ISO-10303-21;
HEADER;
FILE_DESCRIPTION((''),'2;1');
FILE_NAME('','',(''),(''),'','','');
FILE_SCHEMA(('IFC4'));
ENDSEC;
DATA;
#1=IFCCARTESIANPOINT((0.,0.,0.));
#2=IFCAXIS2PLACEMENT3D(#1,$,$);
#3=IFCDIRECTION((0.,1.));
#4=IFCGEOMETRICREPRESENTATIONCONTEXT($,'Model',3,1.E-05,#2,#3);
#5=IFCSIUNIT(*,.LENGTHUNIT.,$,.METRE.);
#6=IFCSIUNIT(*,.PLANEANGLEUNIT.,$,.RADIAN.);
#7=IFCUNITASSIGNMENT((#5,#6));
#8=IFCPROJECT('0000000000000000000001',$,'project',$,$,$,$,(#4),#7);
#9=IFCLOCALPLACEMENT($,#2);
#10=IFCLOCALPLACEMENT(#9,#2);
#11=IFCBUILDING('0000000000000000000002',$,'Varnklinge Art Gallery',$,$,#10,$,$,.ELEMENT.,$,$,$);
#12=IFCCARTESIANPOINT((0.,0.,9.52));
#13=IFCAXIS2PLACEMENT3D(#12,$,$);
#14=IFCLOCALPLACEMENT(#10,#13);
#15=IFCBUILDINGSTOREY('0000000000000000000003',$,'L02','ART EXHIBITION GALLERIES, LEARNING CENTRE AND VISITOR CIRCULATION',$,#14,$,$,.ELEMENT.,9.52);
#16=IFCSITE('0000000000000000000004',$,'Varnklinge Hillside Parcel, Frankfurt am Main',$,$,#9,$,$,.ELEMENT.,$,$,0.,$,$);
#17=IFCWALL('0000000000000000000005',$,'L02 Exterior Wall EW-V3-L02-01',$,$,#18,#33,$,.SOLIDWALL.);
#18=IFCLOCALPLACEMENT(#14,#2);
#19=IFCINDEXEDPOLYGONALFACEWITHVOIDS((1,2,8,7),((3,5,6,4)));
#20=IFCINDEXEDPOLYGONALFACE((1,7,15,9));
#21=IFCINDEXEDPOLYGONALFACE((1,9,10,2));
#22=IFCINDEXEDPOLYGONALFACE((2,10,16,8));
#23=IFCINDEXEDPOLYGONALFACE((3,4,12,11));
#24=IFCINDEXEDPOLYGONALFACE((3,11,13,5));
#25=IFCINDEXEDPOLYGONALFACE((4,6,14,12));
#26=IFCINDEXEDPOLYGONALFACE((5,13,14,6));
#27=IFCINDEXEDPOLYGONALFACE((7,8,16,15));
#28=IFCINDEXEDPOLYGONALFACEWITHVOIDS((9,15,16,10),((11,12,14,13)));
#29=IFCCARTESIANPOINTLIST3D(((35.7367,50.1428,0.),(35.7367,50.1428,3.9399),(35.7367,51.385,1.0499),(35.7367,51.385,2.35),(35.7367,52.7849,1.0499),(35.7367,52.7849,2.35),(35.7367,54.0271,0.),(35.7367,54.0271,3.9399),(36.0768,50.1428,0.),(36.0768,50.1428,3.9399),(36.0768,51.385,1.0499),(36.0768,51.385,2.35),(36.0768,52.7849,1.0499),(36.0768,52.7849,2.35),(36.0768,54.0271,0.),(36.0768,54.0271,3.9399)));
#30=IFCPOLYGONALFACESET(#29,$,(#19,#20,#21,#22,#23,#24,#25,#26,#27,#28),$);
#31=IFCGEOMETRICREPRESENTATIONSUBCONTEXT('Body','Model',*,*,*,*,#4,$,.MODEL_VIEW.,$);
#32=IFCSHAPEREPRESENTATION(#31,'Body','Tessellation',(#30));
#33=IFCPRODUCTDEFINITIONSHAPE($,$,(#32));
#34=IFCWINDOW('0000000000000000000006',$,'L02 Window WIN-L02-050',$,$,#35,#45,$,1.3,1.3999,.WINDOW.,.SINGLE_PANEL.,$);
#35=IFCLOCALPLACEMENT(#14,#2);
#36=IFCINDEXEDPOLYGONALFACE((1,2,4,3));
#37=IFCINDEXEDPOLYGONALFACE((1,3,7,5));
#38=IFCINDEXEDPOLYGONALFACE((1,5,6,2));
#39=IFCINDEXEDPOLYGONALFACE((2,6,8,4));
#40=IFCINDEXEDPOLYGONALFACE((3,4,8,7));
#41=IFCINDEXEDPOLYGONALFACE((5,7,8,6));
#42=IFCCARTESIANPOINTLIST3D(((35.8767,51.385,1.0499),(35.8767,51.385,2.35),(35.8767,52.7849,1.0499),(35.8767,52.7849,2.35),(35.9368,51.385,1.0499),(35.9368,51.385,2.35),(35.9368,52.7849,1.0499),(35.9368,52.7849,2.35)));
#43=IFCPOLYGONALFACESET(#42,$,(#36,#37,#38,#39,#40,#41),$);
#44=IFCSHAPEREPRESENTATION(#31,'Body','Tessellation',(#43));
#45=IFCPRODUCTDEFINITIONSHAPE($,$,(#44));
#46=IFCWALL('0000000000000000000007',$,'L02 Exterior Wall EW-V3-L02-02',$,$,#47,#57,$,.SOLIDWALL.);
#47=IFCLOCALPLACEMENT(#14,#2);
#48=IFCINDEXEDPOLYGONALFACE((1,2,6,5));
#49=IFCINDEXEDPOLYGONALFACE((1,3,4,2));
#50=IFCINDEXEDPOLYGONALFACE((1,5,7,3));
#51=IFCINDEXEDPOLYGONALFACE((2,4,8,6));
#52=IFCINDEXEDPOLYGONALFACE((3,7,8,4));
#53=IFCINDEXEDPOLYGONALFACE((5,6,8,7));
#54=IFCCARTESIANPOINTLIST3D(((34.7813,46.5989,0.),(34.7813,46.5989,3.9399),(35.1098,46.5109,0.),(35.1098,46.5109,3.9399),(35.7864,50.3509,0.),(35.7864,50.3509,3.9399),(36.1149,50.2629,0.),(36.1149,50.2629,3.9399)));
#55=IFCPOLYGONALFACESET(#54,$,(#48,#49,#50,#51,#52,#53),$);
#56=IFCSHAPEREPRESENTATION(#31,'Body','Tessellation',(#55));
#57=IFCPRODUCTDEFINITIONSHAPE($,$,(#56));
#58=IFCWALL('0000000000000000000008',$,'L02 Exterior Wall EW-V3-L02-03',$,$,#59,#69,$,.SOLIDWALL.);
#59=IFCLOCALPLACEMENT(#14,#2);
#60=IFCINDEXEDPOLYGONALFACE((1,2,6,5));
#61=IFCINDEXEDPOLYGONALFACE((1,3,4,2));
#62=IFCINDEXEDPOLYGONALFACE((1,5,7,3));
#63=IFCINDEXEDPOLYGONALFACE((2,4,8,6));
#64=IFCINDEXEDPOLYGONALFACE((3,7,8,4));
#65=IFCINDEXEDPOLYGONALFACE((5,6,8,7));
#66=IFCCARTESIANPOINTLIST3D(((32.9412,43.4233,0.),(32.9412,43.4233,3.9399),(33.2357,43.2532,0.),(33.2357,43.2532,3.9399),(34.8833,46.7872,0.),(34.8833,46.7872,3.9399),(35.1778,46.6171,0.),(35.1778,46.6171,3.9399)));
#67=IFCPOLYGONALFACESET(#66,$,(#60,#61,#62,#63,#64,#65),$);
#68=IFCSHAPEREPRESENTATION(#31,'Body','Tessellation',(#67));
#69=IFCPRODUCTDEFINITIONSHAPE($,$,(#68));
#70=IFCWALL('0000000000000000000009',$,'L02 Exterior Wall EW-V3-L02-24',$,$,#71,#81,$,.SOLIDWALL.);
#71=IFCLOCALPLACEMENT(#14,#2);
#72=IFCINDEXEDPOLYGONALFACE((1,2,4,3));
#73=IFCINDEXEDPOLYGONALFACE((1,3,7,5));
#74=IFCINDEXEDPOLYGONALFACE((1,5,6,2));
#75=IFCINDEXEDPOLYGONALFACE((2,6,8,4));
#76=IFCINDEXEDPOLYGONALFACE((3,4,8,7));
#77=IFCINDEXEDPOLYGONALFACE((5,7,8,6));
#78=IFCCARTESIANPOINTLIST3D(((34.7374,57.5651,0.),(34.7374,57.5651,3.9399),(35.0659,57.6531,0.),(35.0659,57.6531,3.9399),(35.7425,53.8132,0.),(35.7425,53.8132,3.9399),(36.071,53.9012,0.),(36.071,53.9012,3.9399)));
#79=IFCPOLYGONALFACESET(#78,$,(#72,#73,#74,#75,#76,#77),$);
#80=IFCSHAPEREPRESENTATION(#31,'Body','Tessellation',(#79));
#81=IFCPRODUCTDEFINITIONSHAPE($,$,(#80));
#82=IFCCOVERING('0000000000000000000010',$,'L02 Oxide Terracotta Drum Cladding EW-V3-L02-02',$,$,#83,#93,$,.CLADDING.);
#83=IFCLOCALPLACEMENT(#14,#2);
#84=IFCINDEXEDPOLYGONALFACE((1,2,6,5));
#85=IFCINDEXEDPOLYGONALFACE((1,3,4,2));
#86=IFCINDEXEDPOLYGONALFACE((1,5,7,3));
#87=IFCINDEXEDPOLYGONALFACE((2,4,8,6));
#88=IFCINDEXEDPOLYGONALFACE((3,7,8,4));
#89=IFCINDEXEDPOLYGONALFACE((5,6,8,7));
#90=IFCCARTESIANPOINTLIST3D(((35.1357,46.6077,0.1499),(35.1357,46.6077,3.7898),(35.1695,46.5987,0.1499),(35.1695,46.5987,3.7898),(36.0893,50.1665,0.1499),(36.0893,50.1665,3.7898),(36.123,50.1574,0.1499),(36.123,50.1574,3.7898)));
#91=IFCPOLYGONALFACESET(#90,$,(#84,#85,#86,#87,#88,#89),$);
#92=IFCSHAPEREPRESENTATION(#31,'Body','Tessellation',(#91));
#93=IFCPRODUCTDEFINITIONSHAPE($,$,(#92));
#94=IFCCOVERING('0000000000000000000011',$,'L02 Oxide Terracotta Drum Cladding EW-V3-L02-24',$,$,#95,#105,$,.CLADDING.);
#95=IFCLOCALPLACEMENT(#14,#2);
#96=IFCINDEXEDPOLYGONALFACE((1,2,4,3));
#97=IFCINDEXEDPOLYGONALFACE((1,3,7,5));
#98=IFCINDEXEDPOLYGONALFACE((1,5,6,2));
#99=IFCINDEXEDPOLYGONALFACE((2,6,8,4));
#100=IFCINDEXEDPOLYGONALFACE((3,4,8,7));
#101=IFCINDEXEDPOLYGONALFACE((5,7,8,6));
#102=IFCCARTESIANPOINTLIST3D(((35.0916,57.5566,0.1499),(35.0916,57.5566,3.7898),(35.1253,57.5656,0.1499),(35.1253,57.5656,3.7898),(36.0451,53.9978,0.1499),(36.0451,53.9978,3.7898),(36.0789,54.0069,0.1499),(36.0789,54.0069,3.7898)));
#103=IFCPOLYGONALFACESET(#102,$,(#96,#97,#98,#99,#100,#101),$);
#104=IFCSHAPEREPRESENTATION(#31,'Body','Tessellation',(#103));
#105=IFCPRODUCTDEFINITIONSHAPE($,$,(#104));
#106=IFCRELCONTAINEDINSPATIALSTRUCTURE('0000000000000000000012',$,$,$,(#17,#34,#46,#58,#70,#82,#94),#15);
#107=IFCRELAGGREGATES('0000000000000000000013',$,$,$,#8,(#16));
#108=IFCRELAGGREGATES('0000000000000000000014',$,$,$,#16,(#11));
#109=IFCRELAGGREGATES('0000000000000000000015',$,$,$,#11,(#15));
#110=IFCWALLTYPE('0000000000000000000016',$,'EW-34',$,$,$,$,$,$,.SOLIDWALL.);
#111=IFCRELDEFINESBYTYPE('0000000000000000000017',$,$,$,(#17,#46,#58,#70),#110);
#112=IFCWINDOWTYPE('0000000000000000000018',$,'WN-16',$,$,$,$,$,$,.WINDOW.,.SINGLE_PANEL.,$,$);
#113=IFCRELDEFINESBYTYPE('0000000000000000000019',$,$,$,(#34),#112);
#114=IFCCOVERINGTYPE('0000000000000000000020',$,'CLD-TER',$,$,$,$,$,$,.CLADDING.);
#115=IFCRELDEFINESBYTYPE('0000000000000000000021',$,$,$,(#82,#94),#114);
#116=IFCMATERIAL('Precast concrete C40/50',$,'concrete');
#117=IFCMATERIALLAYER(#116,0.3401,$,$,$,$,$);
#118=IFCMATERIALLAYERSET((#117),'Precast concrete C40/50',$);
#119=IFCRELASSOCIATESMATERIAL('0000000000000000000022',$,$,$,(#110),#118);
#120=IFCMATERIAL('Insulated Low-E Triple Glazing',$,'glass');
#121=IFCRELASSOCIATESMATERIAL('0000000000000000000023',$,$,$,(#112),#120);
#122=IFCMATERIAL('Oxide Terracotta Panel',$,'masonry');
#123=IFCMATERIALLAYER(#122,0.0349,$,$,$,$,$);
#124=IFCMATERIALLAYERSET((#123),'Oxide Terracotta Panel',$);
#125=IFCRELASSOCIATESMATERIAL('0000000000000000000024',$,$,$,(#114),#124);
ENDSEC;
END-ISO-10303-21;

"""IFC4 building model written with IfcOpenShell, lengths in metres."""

from ifc_helpers import new_model, si_unit, direction, frame, frame_2d, origin, origin_2d, place, context, subcontext, project, spatial, rectangle, extrude, material, layer, layer_set, type_object, element, fill, save


model = new_model("IFC4")

# Units and contexts
model_context = context("Model", 3, precision=1e-05, world=origin(), true_north=direction((0.0, 1.0)))
body_context = subcontext(model_context, "Body", "Model", "MODEL_VIEW")
ifc_project = project(units=[si_unit("LENGTHUNIT", "METRE"), si_unit("PLANEANGLEUNIT", "RADIAN")], contexts=[model_context])

# Site, building, storey
site_placement = place(None, origin())
site = spatial("IfcSite", under=ifc_project, at=site_placement, Name="Varnklinge Hillside Parcel, Frankfurt am Main", CompositionType="ELEMENT", RefElevation=0.0)
building_placement = place(site_placement, origin())
building = spatial("IfcBuilding", under=site, at=building_placement, Name="Varnklinge Art Gallery", CompositionType="ELEMENT")
storey_placement = place(building_placement, frame((0.0, 0.0, 9.52)))
storey = spatial("IfcBuildingStorey", under=building, at=storey_placement, Name="L02", Description="ART EXHIBITION GALLERIES, LEARNING CENTRE AND VISITOR CIRCULATION", CompositionType="ELEMENT", Elevation=9.52)

# Wall, opening, window
ifc_material_1 = material(Name="Precast concrete C40/50", Category="concrete")
ifc_layer_1 = layer(ifc_material_1, 0.3401)
ifc_layer_set_1 = layer_set([ifc_layer_1], Name="Precast concrete C40/50")
wall_type = type_object("IfcWallType", Name="EW-34", PredefinedType="SOLIDWALL", material=ifc_layer_set_1)
wall_placement = place(storey_placement, frame((35.9067, 54.0271, 0.0), z_axis=(0.0, 0.0, 1.0), x_axis=(0.0, -1.0, 0.0)))
wall = element("IfcWall", 1, at=wall_placement, inside=storey, type_object=wall_type, Name="L02 Exterior Wall EW-V3-L02-01", PredefinedType="SOLIDWALL", context=body_context, shape_type="SweptSolid", body=[
    extrude(rectangle(XDim=3.8843, YDim=0.3401, at=frame_2d((1.9421, 0.0))), origin(), (0.0, 0.0, 1.0), 3.9399),
])
opening_placement = place(wall_placement, frame((1.2422, 0.0, 1.05)))
opening = element("IfcOpeningElement", 2, at=opening_placement, cuts=wall, PredefinedType="OPENING", context=body_context, shape_type="SweptSolid", body=[
    extrude(rectangle(XDim=1.3999, YDim=1.3, at=frame_2d((0.7, 0.6499))), frame((0.0, 0.1799, 0.0), z_axis=(0.0, -1.0, 0.0), x_axis=(1.0, 0.0, 0.0)), (0.0, 0.0, 1.0), 0.3601),
])
ifc_material_2 = material(Name="Insulated Low-E Triple Glazing", Category="glass")
window_type = type_object("IfcWindowType", Name="WN-16", PartitioningType="SINGLE_PANEL", PredefinedType="WINDOW", material=ifc_material_2)
window_placement = place(opening_placement, origin())
window = element("IfcWindow", 3, at=window_placement, inside=storey, type_object=window_type, Name="L02 Window WIN-L02-050", OverallHeight=1.3, OverallWidth=1.3999, PartitioningType="SINGLE_PANEL", PredefinedType="WINDOW", context=body_context, shape_type="SweptSolid", body=[
    extrude(rectangle(XDim=1.3999, YDim=1.3, at=frame_2d((0.7, 0.6499))), frame((0.0, 0.03, 0.0), z_axis=(0.0, -1.0, 0.0), x_axis=(1.0, 0.0, 0.0)), (0.0, 0.0, 1.0), 0.0601),
])
fill(opening, window)

# Walls
for number, where, z_axis, x_axis, name in (
    (4, (35.9507, 50.3069, 0.0), (0.0, 0.0, 1.0), (-0.25877, -0.965939, 0.0), "L02 Exterior Wall EW-V3-L02-02"),
    (5, (35.0305, 46.7021, 0.0), (0.0, 0.0, 1.0), (-0.499985, -0.866034, 0.0), "L02 Exterior Wall EW-V3-L02-03"),
    (6, (34.9016, 57.6091, 0.0), (0.0, 0.0, 1.0), (0.25877, -0.965939, 0.0), "L02 Exterior Wall EW-V3-L02-24"),
):
    element("IfcWall", number, at=place(storey_placement, frame(where, z_axis=z_axis, x_axis=x_axis)), inside=storey, type_object=wall_type, Name=name, PredefinedType="SOLIDWALL", context=body_context, shape_type="SweptSolid", body=[
        extrude(rectangle(XDim=3.8843, YDim=0.3401, at=frame_2d((1.9421, 0.0))), origin(), (0.0, 0.0, 1.0), 3.9399),
    ])

# Coverings
ifc_material_3 = material(Name="Oxide Terracotta Panel", Category="masonry")
ifc_layer_2 = layer(ifc_material_3, 0.0349)
ifc_layer_set_2 = layer_set([ifc_layer_2], Name="Oxide Terracotta Panel")
covering_type = type_object("IfcCoveringType", Name="CLD-TER", PredefinedType="CLADDING", material=ifc_layer_set_2)
for number, where, z_axis, x_axis, name in (
    (7, (35.6294, 48.3826, 0.1499), (0.0, 0.0, 1.0), (-0.258819, -0.965926, 0.0), "L02 Oxide Terracotta Drum Cladding EW-V3-L02-02"),
    (8, (35.5852, 55.7817, 0.1499), (0.0, 0.0, 1.0), (0.258819, -0.965926, 0.0), "L02 Oxide Terracotta Drum Cladding EW-V3-L02-24"),
):
    element("IfcCovering", number, at=place(storey_placement, frame(where, z_axis=z_axis, x_axis=x_axis)), inside=storey, type_object=covering_type, Name=name, PredefinedType="CLADDING", context=body_context, shape_type="SweptSolid", body=[
        extrude(rectangle(XDim=3.6843, YDim=0.0349, at=origin_2d()), origin(), (0.0, 0.0, 1.0), 3.6399),
    ])

save(model, "model.ifc")
